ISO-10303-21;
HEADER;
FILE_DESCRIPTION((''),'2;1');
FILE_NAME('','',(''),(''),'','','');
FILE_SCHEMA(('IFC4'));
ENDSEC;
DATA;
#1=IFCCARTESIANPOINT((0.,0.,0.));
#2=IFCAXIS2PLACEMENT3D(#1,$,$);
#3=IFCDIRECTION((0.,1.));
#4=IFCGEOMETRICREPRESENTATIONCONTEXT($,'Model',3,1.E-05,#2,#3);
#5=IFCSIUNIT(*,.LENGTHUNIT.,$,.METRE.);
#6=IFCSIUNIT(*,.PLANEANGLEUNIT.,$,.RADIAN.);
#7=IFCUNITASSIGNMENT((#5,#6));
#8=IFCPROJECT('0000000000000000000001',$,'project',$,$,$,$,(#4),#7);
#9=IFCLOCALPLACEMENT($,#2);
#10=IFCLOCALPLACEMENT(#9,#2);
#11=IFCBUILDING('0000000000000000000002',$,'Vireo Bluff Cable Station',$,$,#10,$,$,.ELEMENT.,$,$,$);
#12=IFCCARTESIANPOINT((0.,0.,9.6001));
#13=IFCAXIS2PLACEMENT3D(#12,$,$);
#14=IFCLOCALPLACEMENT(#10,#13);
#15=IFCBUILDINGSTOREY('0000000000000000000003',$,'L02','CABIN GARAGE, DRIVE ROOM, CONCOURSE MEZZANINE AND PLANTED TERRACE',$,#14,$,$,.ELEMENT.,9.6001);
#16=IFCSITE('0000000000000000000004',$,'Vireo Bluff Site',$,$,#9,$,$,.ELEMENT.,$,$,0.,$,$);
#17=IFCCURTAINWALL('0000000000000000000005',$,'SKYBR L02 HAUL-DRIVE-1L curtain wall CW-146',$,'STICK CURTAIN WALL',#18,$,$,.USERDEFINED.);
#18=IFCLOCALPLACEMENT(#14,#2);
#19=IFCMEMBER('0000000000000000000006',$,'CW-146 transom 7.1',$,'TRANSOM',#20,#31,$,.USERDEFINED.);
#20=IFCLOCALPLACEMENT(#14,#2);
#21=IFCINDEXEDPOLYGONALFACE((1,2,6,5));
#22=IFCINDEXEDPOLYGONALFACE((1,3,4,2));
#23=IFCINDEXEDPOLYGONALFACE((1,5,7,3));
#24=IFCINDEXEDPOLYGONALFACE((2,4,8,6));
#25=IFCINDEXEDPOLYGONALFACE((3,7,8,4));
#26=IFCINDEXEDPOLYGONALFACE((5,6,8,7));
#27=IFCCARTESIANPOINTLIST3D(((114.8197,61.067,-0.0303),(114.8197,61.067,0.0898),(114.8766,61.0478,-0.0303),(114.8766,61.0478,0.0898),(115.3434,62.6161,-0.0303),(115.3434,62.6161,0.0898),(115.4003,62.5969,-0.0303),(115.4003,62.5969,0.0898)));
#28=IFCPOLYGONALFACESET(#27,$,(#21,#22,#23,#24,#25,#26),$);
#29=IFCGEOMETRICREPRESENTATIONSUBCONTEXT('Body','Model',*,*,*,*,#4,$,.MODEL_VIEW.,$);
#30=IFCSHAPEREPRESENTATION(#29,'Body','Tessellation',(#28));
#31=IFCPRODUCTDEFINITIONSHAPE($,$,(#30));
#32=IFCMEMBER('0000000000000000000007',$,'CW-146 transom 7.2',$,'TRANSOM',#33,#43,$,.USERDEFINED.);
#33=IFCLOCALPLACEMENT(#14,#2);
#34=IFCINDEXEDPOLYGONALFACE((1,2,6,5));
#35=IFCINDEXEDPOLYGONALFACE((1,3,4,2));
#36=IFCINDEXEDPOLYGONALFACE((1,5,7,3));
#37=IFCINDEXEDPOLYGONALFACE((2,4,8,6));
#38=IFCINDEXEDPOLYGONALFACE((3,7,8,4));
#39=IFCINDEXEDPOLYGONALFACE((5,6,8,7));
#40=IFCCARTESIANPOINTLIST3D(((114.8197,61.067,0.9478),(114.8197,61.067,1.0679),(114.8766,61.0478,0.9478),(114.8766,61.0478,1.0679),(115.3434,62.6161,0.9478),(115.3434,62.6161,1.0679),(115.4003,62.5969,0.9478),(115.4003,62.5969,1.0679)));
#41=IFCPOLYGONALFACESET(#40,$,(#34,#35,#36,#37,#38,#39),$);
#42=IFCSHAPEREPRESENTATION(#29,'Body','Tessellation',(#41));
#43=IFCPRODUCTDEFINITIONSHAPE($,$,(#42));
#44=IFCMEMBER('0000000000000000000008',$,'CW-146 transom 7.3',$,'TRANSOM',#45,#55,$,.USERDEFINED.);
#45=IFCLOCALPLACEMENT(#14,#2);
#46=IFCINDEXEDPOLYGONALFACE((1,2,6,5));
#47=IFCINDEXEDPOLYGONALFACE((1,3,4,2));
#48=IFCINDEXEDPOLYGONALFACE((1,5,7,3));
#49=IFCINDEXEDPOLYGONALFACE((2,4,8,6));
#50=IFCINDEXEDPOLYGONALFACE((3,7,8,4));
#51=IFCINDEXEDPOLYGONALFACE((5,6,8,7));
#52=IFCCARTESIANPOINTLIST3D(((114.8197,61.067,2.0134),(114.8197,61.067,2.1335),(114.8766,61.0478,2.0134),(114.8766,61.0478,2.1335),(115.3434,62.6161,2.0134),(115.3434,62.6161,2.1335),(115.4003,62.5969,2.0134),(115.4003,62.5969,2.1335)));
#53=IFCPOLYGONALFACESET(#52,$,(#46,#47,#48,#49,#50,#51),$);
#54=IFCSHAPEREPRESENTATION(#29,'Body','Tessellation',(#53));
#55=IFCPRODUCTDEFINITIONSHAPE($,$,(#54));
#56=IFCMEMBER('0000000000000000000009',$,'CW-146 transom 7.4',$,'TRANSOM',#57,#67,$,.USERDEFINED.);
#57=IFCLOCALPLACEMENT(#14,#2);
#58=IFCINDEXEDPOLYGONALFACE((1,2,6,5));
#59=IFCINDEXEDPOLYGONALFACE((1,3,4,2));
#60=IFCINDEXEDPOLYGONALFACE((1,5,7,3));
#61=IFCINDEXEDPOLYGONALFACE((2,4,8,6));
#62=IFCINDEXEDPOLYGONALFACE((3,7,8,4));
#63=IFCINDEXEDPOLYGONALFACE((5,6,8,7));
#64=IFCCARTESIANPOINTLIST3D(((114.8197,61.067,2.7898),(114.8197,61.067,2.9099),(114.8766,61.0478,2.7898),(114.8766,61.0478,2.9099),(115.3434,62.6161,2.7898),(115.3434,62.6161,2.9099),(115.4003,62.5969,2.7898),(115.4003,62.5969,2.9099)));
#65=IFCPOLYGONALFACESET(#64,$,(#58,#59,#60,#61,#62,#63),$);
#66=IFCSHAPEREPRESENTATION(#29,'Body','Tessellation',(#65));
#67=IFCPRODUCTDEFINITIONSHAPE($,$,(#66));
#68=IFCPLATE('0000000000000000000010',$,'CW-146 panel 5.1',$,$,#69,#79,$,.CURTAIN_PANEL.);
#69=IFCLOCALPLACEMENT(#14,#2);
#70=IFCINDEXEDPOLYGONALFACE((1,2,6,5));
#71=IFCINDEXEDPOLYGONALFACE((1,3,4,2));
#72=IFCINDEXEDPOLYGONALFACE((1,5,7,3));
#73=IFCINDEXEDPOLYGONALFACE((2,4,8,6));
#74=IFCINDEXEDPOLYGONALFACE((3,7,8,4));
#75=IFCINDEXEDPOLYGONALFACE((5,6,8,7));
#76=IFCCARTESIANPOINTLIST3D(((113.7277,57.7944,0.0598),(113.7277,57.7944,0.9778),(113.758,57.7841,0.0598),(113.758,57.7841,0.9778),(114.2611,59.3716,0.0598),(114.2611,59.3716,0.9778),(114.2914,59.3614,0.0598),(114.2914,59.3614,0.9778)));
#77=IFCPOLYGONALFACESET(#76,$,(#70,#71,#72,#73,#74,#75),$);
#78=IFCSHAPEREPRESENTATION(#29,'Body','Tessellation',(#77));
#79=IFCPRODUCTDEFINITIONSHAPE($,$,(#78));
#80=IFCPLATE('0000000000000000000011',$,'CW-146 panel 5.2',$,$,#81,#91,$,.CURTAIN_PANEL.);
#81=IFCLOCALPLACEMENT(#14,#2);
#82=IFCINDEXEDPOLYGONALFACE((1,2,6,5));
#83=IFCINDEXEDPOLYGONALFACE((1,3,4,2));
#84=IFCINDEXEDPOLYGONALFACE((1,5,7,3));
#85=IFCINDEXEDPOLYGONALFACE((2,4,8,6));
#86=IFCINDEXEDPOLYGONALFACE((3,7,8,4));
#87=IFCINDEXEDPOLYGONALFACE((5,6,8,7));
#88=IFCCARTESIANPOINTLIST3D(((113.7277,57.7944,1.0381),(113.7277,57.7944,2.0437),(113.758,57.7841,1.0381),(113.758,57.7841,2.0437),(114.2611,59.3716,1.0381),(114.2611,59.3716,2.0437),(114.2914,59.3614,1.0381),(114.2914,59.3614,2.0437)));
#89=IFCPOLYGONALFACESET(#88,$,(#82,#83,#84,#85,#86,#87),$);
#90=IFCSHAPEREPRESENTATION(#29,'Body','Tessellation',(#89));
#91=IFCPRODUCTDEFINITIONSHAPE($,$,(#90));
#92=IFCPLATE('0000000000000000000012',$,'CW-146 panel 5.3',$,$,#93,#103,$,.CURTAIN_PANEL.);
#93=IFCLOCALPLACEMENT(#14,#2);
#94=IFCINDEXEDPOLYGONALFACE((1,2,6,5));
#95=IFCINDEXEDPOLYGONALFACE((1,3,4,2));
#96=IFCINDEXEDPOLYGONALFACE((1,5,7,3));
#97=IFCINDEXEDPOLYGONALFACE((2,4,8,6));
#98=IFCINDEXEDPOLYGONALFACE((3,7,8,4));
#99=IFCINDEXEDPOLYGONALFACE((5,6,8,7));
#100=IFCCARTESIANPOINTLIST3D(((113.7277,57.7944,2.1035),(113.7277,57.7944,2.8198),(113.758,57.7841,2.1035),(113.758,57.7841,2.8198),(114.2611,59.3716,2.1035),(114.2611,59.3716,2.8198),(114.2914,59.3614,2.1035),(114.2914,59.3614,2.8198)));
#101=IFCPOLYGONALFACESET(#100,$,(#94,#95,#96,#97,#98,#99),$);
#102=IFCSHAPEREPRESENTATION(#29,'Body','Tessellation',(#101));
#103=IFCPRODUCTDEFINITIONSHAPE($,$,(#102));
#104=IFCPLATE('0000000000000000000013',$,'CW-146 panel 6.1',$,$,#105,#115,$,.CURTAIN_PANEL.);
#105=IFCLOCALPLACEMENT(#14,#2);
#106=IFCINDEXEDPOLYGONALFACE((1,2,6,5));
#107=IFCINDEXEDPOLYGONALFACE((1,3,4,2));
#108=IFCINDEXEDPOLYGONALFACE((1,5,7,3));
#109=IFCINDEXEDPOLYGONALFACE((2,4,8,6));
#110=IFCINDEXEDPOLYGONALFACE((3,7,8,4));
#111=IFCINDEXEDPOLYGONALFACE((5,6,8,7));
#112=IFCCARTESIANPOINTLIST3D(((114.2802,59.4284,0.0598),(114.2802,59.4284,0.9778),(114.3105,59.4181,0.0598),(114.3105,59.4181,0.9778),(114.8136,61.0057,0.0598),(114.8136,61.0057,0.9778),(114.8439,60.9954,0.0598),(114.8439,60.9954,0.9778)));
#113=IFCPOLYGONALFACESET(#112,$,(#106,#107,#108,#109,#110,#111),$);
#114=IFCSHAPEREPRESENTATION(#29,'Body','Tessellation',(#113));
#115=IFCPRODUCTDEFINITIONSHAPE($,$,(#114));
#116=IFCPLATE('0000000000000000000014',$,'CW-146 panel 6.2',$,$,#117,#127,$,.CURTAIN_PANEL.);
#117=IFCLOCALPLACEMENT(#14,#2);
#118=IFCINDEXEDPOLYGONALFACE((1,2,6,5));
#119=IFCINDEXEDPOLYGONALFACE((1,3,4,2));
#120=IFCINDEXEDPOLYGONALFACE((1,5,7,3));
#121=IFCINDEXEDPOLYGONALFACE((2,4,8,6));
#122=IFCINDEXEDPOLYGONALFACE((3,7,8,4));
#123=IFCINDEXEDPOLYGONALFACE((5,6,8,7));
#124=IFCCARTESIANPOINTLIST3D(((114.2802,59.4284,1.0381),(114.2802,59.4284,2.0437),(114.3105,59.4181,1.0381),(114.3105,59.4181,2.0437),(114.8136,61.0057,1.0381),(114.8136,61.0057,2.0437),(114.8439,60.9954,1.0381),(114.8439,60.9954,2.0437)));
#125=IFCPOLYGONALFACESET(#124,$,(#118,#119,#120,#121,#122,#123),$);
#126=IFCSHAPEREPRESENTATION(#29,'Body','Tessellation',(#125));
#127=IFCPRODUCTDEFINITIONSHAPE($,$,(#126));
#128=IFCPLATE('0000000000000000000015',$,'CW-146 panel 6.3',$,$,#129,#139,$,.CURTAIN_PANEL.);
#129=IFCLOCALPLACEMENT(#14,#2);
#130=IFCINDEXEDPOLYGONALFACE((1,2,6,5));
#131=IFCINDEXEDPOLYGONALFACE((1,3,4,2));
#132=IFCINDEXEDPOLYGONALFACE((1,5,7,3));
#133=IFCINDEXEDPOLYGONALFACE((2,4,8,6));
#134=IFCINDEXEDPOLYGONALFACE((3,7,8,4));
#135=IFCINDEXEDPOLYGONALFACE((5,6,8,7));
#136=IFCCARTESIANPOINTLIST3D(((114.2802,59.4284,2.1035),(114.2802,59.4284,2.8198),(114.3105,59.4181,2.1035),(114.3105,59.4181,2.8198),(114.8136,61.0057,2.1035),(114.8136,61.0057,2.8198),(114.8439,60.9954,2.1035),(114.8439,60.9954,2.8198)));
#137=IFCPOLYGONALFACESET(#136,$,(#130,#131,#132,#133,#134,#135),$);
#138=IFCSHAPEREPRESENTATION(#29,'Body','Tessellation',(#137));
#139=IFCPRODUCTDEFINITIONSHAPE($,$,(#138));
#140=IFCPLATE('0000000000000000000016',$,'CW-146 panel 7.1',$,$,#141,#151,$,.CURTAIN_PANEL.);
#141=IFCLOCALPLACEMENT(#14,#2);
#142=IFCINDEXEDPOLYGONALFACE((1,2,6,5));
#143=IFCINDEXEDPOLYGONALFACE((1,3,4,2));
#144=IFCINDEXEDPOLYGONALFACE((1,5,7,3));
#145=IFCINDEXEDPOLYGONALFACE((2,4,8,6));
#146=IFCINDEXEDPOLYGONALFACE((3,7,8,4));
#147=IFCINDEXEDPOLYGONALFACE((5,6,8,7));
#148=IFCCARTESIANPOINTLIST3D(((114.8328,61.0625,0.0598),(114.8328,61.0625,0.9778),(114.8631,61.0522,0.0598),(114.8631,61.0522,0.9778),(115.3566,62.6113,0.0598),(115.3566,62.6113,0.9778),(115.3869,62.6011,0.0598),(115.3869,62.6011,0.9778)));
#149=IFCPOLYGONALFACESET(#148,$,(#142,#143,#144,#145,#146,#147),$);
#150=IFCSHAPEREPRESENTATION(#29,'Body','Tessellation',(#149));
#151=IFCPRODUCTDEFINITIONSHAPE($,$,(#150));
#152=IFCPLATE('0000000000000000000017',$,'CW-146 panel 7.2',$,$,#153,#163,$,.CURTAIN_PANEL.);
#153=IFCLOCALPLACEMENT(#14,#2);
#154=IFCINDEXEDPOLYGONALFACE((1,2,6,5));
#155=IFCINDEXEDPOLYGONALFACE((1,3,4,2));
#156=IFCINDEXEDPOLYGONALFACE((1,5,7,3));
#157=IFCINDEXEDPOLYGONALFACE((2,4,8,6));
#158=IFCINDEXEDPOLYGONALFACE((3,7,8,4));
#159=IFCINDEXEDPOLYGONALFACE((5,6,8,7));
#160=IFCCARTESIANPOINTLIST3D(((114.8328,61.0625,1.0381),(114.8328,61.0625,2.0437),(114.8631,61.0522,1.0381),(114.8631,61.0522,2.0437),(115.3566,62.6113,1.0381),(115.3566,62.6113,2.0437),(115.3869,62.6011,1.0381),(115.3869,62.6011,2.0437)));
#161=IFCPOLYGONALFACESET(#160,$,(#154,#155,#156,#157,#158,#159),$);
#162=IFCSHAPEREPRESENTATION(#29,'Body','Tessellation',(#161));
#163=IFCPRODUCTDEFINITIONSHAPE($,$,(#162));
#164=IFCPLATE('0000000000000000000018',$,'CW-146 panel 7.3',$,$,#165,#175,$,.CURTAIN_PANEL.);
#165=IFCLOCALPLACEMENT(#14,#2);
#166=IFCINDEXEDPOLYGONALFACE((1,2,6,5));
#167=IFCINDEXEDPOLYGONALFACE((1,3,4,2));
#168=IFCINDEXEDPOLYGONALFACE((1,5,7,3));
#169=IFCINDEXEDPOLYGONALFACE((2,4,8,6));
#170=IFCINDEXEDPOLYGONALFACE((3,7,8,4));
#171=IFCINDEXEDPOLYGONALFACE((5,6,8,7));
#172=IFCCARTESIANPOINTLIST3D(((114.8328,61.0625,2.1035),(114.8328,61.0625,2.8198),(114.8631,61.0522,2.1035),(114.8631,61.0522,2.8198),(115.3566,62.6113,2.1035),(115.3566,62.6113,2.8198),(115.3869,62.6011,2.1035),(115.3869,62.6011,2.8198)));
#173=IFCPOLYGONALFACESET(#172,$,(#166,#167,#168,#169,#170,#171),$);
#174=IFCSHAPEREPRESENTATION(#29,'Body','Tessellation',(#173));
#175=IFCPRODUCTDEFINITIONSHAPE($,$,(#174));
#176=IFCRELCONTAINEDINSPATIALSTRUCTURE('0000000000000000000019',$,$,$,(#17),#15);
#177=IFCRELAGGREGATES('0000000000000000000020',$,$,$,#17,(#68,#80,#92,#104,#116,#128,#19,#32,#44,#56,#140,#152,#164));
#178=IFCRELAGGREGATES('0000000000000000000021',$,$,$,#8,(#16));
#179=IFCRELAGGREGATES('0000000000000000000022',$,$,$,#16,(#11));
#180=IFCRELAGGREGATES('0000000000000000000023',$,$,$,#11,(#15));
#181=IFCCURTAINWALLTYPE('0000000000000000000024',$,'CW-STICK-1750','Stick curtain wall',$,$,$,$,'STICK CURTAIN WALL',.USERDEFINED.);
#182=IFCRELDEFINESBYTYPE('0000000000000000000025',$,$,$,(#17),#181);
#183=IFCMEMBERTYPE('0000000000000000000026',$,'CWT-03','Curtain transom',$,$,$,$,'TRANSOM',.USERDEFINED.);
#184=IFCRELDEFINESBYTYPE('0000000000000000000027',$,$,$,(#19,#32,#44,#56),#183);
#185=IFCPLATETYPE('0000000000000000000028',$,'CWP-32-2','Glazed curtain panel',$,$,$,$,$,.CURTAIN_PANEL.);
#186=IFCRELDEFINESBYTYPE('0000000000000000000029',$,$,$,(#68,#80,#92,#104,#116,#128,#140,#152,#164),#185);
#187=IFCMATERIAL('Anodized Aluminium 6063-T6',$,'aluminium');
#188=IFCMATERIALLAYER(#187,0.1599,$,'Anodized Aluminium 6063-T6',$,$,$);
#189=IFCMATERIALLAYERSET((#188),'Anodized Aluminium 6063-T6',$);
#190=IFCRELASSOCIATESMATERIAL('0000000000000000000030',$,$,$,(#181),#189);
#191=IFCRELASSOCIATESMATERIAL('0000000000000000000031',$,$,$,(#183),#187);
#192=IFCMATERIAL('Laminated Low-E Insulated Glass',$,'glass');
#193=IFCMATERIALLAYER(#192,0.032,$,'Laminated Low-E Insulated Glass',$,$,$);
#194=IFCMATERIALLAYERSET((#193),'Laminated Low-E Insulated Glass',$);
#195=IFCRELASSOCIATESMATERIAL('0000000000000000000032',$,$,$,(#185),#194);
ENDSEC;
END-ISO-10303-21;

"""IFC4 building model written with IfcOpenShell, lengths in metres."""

from ifc_helpers import new_model, si_unit, direction, frame, origin, origin_2d, place, context, subcontext, project, spatial, rectangle, extrude, material, layer, layer_set, material_profile, profile_set, type_object, element, aggregate, save


model = new_model("IFC4")

# Units and contexts
model_context = context("Model", 3, precision=1e-05, world=origin(), true_north=direction((0.0, 1.0)))
body_context = subcontext(model_context, "Body", "Model", "MODEL_VIEW")
ifc_project = project(units=[si_unit("LENGTHUNIT", "METRE"), si_unit("PLANEANGLEUNIT", "RADIAN")], contexts=[model_context])

# Site, building, storey
site_placement = place(None, origin())
site = spatial("IfcSite", under=ifc_project, at=site_placement, Name="Vireo Bluff Site", CompositionType="ELEMENT", RefElevation=0.0)
building_placement = place(site_placement, origin())
building = spatial("IfcBuilding", under=site, at=building_placement, Name="Vireo Bluff Cable Station", CompositionType="ELEMENT")
storey_placement = place(building_placement, frame((0.0, 0.0, 9.6001)))
storey = spatial("IfcBuildingStorey", under=building, at=storey_placement, Name="L02", Description="CABIN GARAGE, DRIVE ROOM, CONCOURSE MEZZANINE AND PLANTED TERRACE", CompositionType="ELEMENT", Elevation=9.6001)

# Curtain wall, members, plates
ifc_material_1 = material(Name="Anodized Aluminium 6063-T6", Category="aluminium")
ifc_layer_1 = layer(ifc_material_1, 0.1599, Name="Anodized Aluminium 6063-T6")
ifc_layer_set_1 = layer_set([ifc_layer_1], Name="Anodized Aluminium 6063-T6")
curtain_wall_type = type_object("IfcCurtainWallType", Name="CW-STICK-1750", Description="Stick curtain wall", ElementType="STICK CURTAIN WALL", PredefinedType="USERDEFINED", material=ifc_layer_set_1)
curtain_wall_placement = place(storey_placement, origin())
curtain_wall = element("IfcCurtainWall", 1, at=curtain_wall_placement, inside=storey, type_object=curtain_wall_type, Name="SKYBR L02 HAUL-DRIVE-1L curtain wall CW-146", ObjectType="STICK CURTAIN WALL", PredefinedType="USERDEFINED")
ifc_material_profile_1 = material_profile(ifc_material_1, rectangle(XDim=0.0601, YDim=0.1201, at=origin_2d()), Name="ALU-T-60X120")
ifc_profile_set_1 = profile_set([ifc_material_profile_1], Name="Anodized Aluminium 6063-T6")
member_type_1 = type_object("IfcMemberType", Name="CWT-03", Description="Curtain transom", ElementType="TRANSOM", PredefinedType="USERDEFINED", material=ifc_profile_set_1)
member_1_placement = place(storey_placement, frame((114.8481, 61.0574, 0.0298), z_axis=(0.320256, 0.947331, 0.0), x_axis=(-0.947331, 0.320256, 0.0)))
member_1 = element("IfcMember", 2, at=member_1_placement, type_object=member_type_1, Name="CW-146 transom 7.1", ObjectType="TRANSOM", PredefinedType="USERDEFINED", context=body_context, shape_type="SweptSolid", body=[
    extrude(rectangle(XDim=0.0601, YDim=0.1201, at=origin_2d()), origin(), (0.0, 0.0, 1.0), 1.6353),
])
member_2_placement = place(storey_placement, frame((114.8481, 61.0574, 1.0078), z_axis=(0.320256, 0.947331, 0.0), x_axis=(-0.947331, 0.320256, 0.0)))
member_2 = element("IfcMember", 3, at=member_2_placement, type_object=member_type_1, Name="CW-146 transom 7.2", ObjectType="TRANSOM", PredefinedType="USERDEFINED", context=body_context, shape_type="SweptSolid", body=[
    extrude(rectangle(XDim=0.0601, YDim=0.1201, at=origin_2d()), origin(), (0.0, 0.0, 1.0), 1.6353),
])
member_3_placement = place(storey_placement, frame((114.8481, 61.0574, 2.0735), z_axis=(0.320256, 0.947331, 0.0), x_axis=(-0.947331, 0.320256, 0.0)))
member_3 = element("IfcMember", 4, at=member_3_placement, type_object=member_type_1, Name="CW-146 transom 7.3", ObjectType="TRANSOM", PredefinedType="USERDEFINED", context=body_context, shape_type="SweptSolid", body=[
    extrude(rectangle(XDim=0.0601, YDim=0.1201, at=origin_2d()), origin(), (0.0, 0.0, 1.0), 1.6353),
])
member_4_placement = place(storey_placement, frame((114.8481, 61.0574, 2.8499), z_axis=(0.320256, 0.947331, 0.0), x_axis=(-0.947331, 0.320256, 0.0)))
member_4 = element("IfcMember", 5, at=member_4_placement, type_object=member_type_1, Name="CW-146 transom 7.4", ObjectType="TRANSOM", PredefinedType="USERDEFINED", context=body_context, shape_type="SweptSolid", body=[
    extrude(rectangle(XDim=0.0601, YDim=0.1201, at=origin_2d()), origin(), (0.0, 0.0, 1.0), 1.6353),
])
ifc_material_2 = material(Name="Laminated Low-E Insulated Glass", Category="glass")
ifc_layer_2 = layer(ifc_material_2, 0.032, Name="Laminated Low-E Insulated Glass")
ifc_layer_set_2 = layer_set([ifc_layer_2], Name="Laminated Low-E Insulated Glass")
plate_type = type_object("IfcPlateType", Name="CWP-32-2", Description="Glazed curtain panel", PredefinedType="CURTAIN_PANEL", material=ifc_layer_set_2)
plate_1_placement = place(storey_placement, frame((114.0095, 58.5779, 0.0598), z_axis=(0.0, 0.0, 1.0), x_axis=(0.320364, 0.947295, 0.0)))
plate_1 = element("IfcPlate", 6, at=plate_1_placement, type_object=plate_type, Name="CW-146 panel 5.1", PredefinedType="CURTAIN_PANEL", context=body_context, shape_type="SweptSolid", body=[
    extrude(rectangle(XDim=1.665, YDim=0.032, at=origin_2d()), origin(), (0.0, 0.0, 1.0), 0.918),
])
plate_2_placement = place(storey_placement, frame((114.0095, 58.5779, 1.0381), z_axis=(0.0, 0.0, 1.0), x_axis=(0.320364, 0.947295, 0.0)))
plate_2 = element("IfcPlate", 7, at=plate_2_placement, type_object=plate_type, Name="CW-146 panel 5.2", PredefinedType="CURTAIN_PANEL", context=body_context, shape_type="SweptSolid", body=[
    extrude(rectangle(XDim=1.665, YDim=0.032, at=origin_2d()), origin(), (0.0, 0.0, 1.0), 1.0056),
])
plate_3_placement = place(storey_placement, frame((114.0095, 58.5779, 2.1035), z_axis=(0.0, 0.0, 1.0), x_axis=(0.320364, 0.947295, 0.0)))
plate_3 = element("IfcPlate", 8, at=plate_3_placement, type_object=plate_type, Name="CW-146 panel 5.3", PredefinedType="CURTAIN_PANEL", context=body_context, shape_type="SweptSolid", body=[
    extrude(rectangle(XDim=1.665, YDim=0.032, at=origin_2d()), origin(), (0.0, 0.0, 1.0), 0.7163),
])
plate_4_placement = place(storey_placement, frame((114.562, 60.2119, 0.0598), z_axis=(0.0, 0.0, 1.0), x_axis=(0.320364, 0.947295, 0.0)))
plate_4 = element("IfcPlate", 9, at=plate_4_placement, type_object=plate_type, Name="CW-146 panel 6.1", PredefinedType="CURTAIN_PANEL", context=body_context, shape_type="SweptSolid", body=[
    extrude(rectangle(XDim=1.665, YDim=0.032, at=origin_2d()), origin(), (0.0, 0.0, 1.0), 0.918),
])
plate_5_placement = place(storey_placement, frame((114.562, 60.2119, 1.0381), z_axis=(0.0, 0.0, 1.0), x_axis=(0.320364, 0.947295, 0.0)))
plate_5 = element("IfcPlate", 10, at=plate_5_placement, type_object=plate_type, Name="CW-146 panel 6.2", PredefinedType="CURTAIN_PANEL", context=body_context, shape_type="SweptSolid", body=[
    extrude(rectangle(XDim=1.665, YDim=0.032, at=origin_2d()), origin(), (0.0, 0.0, 1.0), 1.0056),
])
plate_6_placement = place(storey_placement, frame((114.562, 60.2119, 2.1035), z_axis=(0.0, 0.0, 1.0), x_axis=(0.320364, 0.947295, 0.0)))
plate_6 = element("IfcPlate", 11, at=plate_6_placement, type_object=plate_type, Name="CW-146 panel 6.3", PredefinedType="CURTAIN_PANEL", context=body_context, shape_type="SweptSolid", body=[
    extrude(rectangle(XDim=1.665, YDim=0.032, at=origin_2d()), origin(), (0.0, 0.0, 1.0), 0.7163),
])
plate_7_placement = place(storey_placement, frame((115.1099, 61.8318, 0.0598), z_axis=(0.0, 0.0, 1.0), x_axis=(0.320364, 0.947295, 0.0)))
plate_7 = element("IfcPlate", 12, at=plate_7_placement, type_object=plate_type, Name="CW-146 panel 7.1", PredefinedType="CURTAIN_PANEL", context=body_context, shape_type="SweptSolid", body=[
    extrude(rectangle(XDim=1.635, YDim=0.032, at=origin_2d()), origin(), (0.0, 0.0, 1.0), 0.918),
])
plate_8_placement = place(storey_placement, frame((115.1099, 61.8318, 1.0381), z_axis=(0.0, 0.0, 1.0), x_axis=(0.320364, 0.947295, 0.0)))
plate_8 = element("IfcPlate", 13, at=plate_8_placement, type_object=plate_type, Name="CW-146 panel 7.2", PredefinedType="CURTAIN_PANEL", context=body_context, shape_type="SweptSolid", body=[
    extrude(rectangle(XDim=1.635, YDim=0.032, at=origin_2d()), origin(), (0.0, 0.0, 1.0), 1.0056),
])
plate_9_placement = place(storey_placement, frame((115.1099, 61.8318, 2.1035), z_axis=(0.0, 0.0, 1.0), x_axis=(0.320364, 0.947295, 0.0)))
plate_9 = element("IfcPlate", 14, at=plate_9_placement, type_object=plate_type, Name="CW-146 panel 7.3", PredefinedType="CURTAIN_PANEL", context=body_context, shape_type="SweptSolid", body=[
    extrude(rectangle(XDim=1.635, YDim=0.032, at=origin_2d()), origin(), (0.0, 0.0, 1.0), 0.7163),
])
aggregate(curtain_wall, [plate_1, plate_2, plate_3, plate_4, plate_5, plate_6, member_1, member_2, member_3, member_4, plate_7, plate_8, plate_9])

save(model, "model.ifc")
